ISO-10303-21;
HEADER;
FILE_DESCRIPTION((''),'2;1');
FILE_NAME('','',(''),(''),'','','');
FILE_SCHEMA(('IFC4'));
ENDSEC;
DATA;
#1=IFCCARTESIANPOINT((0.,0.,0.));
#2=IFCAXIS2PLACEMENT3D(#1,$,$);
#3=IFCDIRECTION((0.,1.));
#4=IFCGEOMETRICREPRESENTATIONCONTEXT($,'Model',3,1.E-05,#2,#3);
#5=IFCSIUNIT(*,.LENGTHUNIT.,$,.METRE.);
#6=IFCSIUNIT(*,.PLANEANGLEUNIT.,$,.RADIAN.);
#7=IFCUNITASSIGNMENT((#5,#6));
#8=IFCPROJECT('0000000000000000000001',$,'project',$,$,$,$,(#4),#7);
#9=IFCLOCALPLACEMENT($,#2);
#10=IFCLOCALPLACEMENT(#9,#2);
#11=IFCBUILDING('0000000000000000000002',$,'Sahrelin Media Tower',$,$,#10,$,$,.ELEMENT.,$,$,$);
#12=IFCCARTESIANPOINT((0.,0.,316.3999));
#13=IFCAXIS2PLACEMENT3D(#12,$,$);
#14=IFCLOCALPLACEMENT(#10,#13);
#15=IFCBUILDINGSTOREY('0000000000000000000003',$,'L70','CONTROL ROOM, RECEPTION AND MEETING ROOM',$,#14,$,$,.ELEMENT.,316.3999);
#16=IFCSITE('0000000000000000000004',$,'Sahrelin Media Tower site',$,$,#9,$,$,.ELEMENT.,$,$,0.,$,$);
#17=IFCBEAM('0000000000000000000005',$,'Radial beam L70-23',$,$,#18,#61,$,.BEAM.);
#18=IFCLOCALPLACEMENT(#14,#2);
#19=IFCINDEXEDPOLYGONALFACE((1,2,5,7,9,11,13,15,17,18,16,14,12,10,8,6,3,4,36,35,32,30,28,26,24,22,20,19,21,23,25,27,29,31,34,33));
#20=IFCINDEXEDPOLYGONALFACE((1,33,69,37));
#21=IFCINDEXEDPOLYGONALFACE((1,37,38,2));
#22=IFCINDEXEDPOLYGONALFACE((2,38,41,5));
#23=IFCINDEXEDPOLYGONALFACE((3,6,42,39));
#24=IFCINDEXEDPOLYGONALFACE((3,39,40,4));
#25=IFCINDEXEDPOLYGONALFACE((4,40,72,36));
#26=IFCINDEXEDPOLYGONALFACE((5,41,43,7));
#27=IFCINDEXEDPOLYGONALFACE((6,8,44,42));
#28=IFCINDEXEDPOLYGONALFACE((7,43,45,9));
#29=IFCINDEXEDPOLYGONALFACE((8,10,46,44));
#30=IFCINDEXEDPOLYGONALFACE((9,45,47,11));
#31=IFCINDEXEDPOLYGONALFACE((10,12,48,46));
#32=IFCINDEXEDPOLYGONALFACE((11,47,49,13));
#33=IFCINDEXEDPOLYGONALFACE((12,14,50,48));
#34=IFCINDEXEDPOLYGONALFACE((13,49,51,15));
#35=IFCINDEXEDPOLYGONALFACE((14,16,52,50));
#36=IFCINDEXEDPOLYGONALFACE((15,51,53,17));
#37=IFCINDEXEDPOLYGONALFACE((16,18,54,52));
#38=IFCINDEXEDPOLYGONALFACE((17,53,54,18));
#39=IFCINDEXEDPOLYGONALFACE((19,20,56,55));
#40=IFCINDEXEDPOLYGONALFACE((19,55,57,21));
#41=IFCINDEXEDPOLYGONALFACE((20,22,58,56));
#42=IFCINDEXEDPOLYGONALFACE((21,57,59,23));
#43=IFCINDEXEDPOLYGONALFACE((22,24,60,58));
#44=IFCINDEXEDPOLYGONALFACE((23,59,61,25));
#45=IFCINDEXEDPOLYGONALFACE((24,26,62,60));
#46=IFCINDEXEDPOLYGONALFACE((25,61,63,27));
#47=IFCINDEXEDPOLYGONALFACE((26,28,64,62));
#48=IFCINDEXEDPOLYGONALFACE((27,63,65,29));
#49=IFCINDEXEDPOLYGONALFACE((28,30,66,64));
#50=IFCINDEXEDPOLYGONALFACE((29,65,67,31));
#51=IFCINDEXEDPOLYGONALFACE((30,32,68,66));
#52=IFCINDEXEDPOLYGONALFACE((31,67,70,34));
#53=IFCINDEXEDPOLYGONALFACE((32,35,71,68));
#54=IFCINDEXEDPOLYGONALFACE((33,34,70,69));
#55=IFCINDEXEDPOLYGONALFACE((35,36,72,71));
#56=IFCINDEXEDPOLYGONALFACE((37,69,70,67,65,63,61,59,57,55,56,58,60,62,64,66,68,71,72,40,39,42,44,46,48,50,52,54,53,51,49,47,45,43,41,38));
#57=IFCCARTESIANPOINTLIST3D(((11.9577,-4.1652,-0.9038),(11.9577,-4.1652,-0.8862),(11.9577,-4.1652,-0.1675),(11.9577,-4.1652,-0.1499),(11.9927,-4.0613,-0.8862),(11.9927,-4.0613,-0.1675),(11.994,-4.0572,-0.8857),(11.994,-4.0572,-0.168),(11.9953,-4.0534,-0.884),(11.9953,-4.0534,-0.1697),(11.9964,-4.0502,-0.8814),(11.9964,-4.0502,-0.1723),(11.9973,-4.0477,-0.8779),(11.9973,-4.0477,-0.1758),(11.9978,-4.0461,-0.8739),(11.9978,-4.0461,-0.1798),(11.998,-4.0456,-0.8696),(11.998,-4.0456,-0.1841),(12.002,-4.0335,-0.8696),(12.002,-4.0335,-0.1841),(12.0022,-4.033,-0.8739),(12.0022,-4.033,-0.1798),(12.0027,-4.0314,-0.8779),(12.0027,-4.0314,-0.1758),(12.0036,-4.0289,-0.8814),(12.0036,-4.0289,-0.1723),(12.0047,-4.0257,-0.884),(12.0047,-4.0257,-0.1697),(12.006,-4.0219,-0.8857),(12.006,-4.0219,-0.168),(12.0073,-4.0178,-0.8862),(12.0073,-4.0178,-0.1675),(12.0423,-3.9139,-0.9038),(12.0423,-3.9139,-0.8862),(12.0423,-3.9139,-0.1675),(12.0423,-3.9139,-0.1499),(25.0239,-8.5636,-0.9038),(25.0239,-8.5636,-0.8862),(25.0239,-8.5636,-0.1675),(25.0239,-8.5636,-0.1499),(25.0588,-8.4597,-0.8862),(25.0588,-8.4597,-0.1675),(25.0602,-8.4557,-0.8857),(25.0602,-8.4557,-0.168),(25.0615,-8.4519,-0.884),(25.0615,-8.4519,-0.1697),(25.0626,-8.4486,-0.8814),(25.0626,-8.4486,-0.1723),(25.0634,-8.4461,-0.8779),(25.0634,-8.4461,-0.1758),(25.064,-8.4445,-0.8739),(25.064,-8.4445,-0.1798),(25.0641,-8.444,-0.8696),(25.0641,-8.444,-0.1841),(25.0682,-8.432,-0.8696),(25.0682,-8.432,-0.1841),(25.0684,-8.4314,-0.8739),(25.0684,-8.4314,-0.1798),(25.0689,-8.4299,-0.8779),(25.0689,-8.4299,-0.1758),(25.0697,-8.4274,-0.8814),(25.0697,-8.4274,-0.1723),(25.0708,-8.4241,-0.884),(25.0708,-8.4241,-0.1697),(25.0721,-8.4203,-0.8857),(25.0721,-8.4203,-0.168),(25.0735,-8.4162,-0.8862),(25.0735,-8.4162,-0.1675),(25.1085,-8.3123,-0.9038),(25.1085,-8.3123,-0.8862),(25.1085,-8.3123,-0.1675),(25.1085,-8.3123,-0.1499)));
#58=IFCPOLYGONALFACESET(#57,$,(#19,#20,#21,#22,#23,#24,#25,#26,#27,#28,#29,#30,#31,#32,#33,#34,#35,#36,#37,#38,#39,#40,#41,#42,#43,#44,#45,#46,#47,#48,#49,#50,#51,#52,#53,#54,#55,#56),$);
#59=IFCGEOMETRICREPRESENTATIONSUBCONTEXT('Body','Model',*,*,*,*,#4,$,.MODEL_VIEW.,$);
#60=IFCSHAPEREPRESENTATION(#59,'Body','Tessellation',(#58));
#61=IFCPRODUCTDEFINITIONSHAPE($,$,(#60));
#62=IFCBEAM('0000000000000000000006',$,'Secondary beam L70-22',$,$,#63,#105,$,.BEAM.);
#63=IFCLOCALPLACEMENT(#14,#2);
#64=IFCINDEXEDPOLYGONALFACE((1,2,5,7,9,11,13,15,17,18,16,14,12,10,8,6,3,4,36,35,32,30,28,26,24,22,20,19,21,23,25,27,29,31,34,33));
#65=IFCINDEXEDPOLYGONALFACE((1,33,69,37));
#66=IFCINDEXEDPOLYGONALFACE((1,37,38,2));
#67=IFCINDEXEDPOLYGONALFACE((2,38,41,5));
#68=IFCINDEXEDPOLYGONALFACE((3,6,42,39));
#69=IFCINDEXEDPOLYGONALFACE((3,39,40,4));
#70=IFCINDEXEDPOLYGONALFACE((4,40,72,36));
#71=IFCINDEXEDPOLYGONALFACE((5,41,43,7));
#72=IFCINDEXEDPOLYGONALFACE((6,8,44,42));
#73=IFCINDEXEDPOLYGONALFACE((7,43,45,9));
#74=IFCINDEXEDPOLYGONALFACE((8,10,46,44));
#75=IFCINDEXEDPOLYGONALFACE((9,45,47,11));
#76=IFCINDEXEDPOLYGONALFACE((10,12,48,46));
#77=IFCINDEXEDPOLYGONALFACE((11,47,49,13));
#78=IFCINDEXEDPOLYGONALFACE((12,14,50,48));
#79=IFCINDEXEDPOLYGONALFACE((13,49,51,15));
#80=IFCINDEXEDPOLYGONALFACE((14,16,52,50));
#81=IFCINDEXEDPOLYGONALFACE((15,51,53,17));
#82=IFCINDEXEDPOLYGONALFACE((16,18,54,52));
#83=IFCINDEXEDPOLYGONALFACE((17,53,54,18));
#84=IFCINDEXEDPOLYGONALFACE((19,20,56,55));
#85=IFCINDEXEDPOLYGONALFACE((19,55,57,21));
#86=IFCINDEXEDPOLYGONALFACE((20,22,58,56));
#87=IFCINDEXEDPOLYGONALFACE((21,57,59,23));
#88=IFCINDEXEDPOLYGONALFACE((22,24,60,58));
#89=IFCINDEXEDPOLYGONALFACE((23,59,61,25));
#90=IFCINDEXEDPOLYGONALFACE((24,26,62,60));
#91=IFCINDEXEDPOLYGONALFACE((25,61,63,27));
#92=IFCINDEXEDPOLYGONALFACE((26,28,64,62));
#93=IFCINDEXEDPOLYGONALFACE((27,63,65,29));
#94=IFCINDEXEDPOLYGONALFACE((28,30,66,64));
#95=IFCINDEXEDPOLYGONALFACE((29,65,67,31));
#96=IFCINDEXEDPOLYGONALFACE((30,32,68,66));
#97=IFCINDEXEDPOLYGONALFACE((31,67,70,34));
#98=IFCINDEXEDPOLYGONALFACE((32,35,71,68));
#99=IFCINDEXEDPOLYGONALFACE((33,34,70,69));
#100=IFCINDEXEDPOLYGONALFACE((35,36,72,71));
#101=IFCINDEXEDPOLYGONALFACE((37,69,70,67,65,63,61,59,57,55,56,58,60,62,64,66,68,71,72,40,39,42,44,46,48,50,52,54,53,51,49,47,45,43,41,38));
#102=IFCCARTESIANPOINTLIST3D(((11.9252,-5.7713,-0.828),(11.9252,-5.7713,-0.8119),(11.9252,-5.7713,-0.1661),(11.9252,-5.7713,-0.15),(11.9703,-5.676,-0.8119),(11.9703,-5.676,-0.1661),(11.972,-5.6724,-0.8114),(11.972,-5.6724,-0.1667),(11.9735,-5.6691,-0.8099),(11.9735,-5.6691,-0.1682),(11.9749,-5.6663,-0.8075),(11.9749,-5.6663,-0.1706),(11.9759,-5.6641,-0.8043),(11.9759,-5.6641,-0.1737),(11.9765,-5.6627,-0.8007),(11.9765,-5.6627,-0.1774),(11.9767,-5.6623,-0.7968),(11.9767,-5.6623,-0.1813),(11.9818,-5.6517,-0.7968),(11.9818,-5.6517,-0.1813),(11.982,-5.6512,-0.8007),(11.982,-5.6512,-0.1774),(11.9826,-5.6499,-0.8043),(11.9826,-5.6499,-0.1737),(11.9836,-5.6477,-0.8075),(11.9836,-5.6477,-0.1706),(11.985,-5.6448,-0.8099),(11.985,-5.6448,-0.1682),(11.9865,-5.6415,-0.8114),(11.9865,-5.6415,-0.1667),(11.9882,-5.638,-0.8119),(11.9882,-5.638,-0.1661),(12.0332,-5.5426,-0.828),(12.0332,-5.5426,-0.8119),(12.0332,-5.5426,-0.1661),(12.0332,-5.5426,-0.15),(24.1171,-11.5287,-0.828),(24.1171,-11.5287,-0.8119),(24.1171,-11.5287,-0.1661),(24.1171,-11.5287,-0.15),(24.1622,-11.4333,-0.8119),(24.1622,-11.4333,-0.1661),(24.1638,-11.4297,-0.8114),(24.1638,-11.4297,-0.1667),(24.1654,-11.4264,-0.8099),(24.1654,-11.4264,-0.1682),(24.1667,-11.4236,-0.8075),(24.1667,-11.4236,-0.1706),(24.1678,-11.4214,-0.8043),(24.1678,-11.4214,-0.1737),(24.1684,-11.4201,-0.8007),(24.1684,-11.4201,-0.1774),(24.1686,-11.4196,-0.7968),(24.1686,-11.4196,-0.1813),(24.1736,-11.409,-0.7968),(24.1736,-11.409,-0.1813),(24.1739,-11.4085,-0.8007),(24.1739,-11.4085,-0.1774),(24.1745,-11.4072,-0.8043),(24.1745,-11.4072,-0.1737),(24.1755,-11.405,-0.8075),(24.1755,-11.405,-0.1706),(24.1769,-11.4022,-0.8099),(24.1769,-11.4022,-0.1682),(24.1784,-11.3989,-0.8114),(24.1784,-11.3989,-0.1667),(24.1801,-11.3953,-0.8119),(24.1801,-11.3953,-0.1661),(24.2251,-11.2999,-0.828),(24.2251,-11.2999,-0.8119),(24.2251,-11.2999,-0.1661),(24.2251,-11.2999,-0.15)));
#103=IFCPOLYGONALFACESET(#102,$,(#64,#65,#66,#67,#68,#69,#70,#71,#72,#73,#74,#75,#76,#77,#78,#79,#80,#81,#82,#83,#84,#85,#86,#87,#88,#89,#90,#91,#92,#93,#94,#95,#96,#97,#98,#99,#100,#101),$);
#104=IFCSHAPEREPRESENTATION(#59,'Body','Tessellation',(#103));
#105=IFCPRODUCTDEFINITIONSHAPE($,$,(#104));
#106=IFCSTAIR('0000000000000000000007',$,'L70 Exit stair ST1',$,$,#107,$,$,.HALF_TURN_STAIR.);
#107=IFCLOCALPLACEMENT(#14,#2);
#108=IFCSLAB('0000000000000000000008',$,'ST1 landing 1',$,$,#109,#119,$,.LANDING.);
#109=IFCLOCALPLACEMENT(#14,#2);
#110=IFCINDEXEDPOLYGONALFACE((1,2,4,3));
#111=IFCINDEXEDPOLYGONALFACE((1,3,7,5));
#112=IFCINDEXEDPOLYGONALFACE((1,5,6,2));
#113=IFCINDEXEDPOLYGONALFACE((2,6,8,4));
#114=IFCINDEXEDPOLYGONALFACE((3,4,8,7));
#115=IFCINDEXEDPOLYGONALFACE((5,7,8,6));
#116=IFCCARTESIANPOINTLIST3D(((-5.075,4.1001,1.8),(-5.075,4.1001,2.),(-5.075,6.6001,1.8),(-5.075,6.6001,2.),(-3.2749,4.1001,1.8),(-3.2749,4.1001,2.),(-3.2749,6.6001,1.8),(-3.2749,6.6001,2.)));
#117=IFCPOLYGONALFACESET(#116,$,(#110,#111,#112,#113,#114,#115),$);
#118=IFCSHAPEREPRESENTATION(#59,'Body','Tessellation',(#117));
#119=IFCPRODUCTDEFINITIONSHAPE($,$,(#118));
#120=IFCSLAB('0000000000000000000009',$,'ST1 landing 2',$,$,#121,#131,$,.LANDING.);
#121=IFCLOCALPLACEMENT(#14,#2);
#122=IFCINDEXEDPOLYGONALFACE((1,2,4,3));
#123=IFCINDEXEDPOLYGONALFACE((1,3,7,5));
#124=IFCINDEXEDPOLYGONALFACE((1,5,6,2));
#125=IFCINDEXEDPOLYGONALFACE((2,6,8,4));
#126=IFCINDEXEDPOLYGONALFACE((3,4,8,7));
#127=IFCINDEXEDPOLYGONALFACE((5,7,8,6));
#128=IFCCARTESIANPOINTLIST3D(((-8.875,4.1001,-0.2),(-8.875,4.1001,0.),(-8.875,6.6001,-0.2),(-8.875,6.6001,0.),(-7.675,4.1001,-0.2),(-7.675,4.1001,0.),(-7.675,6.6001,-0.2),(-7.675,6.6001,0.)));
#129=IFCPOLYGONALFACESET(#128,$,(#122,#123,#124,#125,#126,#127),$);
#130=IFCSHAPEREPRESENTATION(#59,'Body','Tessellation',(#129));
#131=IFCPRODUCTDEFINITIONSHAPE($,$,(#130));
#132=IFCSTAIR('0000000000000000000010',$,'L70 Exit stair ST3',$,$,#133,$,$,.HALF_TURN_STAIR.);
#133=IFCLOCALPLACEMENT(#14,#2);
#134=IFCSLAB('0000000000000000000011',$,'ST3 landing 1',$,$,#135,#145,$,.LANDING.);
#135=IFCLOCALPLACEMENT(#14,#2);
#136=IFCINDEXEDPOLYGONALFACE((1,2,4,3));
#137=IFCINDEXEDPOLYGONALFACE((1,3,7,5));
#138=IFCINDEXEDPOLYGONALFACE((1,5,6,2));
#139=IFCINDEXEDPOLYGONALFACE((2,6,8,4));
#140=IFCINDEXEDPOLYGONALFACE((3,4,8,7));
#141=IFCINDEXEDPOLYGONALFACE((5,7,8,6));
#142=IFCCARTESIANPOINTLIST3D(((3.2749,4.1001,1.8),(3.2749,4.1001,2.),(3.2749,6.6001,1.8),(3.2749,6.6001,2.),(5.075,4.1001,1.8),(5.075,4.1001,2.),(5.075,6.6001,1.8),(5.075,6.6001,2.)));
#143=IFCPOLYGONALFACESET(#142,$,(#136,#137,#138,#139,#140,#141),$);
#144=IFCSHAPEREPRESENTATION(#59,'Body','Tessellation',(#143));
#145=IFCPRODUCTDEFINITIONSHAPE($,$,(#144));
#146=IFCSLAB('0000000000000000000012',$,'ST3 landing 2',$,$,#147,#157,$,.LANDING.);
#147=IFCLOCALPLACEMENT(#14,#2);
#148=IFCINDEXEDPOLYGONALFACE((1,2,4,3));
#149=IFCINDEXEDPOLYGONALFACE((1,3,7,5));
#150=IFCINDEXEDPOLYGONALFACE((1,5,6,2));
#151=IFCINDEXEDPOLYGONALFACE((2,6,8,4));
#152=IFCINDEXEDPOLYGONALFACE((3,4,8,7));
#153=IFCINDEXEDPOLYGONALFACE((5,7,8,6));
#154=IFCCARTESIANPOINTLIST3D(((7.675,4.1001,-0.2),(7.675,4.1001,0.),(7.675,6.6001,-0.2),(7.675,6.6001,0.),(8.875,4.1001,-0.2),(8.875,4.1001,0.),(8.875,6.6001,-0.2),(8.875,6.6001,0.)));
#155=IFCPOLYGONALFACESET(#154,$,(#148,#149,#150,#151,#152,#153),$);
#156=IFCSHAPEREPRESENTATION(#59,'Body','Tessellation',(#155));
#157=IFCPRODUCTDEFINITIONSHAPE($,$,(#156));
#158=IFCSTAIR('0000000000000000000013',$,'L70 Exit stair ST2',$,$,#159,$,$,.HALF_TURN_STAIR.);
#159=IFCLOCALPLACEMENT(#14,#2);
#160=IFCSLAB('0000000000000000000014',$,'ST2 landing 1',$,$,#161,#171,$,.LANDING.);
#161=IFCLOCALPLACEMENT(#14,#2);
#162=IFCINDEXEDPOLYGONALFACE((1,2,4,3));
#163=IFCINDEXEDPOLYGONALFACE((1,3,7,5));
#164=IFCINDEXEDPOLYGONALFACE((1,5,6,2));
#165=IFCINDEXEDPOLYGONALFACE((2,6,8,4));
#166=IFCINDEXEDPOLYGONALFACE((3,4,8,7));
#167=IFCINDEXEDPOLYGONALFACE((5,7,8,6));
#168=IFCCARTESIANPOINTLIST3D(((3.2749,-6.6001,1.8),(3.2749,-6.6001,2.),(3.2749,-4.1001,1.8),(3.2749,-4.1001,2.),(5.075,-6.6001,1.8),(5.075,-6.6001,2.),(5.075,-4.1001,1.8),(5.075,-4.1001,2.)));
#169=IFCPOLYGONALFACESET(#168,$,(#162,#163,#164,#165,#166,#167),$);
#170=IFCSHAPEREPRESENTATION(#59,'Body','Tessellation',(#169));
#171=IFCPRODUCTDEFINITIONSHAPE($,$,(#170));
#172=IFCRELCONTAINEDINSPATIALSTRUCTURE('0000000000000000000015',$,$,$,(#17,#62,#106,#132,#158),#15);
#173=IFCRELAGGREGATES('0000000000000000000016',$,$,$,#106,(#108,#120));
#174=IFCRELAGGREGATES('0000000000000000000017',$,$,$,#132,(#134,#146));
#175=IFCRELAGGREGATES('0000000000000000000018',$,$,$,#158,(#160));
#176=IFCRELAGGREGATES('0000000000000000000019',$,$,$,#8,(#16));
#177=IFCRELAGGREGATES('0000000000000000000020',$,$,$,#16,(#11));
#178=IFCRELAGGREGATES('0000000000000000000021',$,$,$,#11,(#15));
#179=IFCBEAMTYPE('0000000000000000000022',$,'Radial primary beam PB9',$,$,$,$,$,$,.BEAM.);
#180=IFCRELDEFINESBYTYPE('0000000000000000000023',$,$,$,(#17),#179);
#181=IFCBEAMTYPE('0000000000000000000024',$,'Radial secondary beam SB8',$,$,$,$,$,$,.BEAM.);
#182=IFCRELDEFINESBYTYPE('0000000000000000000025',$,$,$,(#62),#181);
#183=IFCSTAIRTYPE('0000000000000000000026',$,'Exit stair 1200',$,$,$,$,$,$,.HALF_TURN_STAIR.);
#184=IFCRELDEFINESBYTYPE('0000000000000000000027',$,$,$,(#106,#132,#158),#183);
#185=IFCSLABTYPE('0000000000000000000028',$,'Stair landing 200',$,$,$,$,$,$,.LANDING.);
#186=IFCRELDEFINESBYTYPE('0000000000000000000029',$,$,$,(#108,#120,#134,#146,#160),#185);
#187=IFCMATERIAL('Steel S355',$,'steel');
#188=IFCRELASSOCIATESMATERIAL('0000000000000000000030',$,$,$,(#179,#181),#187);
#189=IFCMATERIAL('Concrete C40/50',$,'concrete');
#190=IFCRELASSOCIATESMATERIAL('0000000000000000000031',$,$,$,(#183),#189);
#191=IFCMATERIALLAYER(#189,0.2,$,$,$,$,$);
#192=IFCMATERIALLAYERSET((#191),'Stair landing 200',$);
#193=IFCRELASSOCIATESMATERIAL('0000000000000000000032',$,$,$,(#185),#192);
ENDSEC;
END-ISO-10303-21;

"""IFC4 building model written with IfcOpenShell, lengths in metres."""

from ifc_helpers import new_model, si_unit, direction, frame, origin, origin_2d, place, context, subcontext, project, spatial, polyline, i_section, outline, extrude, material, layer, layer_set, material_profile, profile_set, type_object, element, aggregate, save


model = new_model("IFC4")

# Units and contexts
model_context = context("Model", 3, precision=1e-05, world=origin(), true_north=direction((0.0, 1.0)))
body_context = subcontext(model_context, "Body", "Model", "MODEL_VIEW")
ifc_project = project(units=[si_unit("LENGTHUNIT", "METRE"), si_unit("PLANEANGLEUNIT", "RADIAN")], contexts=[model_context])

# Site, building, storey
site_placement = place(None, origin())
site = spatial("IfcSite", under=ifc_project, at=site_placement, Name="Sahrelin Media Tower site", CompositionType="ELEMENT", RefElevation=0.0)
building_placement = place(site_placement, origin())
building = spatial("IfcBuilding", under=site, at=building_placement, Name="Sahrelin Media Tower", CompositionType="ELEMENT")
storey_placement = place(building_placement, frame((0.0, 0.0, 316.3999)))
storey = spatial("IfcBuildingStorey", under=building, at=storey_placement, Name="L70", Description="CONTROL ROOM, RECEPTION AND MEETING ROOM", CompositionType="ELEMENT", Elevation=316.3999)

# Beams
ifc_material_1 = material(Name="Steel S355", Category="steel")
ifc_material_profile_1 = material_profile(ifc_material_1, i_section(OverallWidth=0.2651, OverallDepth=0.7539, WebThickness=0.0127, FlangeThickness=0.0176, FilletRadius=0.0166, at=origin_2d()), Name="UB 762x267x147")
ifc_profile_set_1 = profile_set([ifc_material_profile_1], Name="Steel S355")
beam_type_1 = type_object("IfcBeamType", Name="Radial primary beam PB9", PredefinedType="BEAM", material=ifc_profile_set_1)
beam_1_placement = place(storey_placement, frame((12.0, -4.0396, -0.5269), z_axis=(0.947742, -0.319037, 0.0), x_axis=(0.319037, 0.947742, 0.0)))
element("IfcBeam", 1, at=beam_1_placement, inside=storey, type_object=beam_type_1, Name="Radial beam L70-23", PredefinedType="BEAM", context=body_context, shape_type="SweptSolid", body=[
    extrude(i_section(OverallWidth=0.2651, OverallDepth=0.7539, WebThickness=0.0127, FlangeThickness=0.0176, FilletRadius=0.0166, at=origin_2d()), origin(), (0.0, 0.0, 1.0), 13.7866),
])
ifc_material_profile_2 = material_profile(ifc_material_1, i_section(OverallWidth=0.2529, OverallDepth=0.678, WebThickness=0.0117, FlangeThickness=0.0161, FilletRadius=0.0151, at=origin_2d()), Name="UB 686x254x125")
ifc_profile_set_2 = profile_set([ifc_material_profile_2], Name="Steel S355")
beam_type_2 = type_object("IfcBeamType", Name="Radial secondary beam SB8", PredefinedType="BEAM", material=ifc_profile_set_2)
beam_2_placement = place(storey_placement, frame((11.9792, -5.657, -0.489), z_axis=(0.904247, -0.427009, 0.0), x_axis=(0.427009, 0.904247, 0.0)))
element("IfcBeam", 2, at=beam_2_placement, inside=storey, type_object=beam_type_2, Name="Secondary beam L70-22", PredefinedType="BEAM", context=body_context, shape_type="SweptSolid", body=[
    extrude(i_section(OverallWidth=0.2529, OverallDepth=0.678, WebThickness=0.0117, FlangeThickness=0.0161, FilletRadius=0.0151, at=origin_2d()), origin(), (0.0, 0.0, 1.0), 13.4829),
])

# Stairs, slabs
ifc_material_2 = material(Name="Concrete C40/50", Category="concrete")
stair_type = type_object("IfcStairType", Name="Exit stair 1200", PredefinedType="HALF_TURN_STAIR", material=ifc_material_2)
placement_1 = place(storey_placement, origin())
stair_1 = element("IfcStair", 3, at=placement_1, inside=storey, type_object=stair_type, Name="L70 Exit stair ST1", PredefinedType="HALF_TURN_STAIR")
ifc_layer_1 = layer(ifc_material_2, 0.2)
ifc_layer_set_1 = layer_set([ifc_layer_1], Name="Stair landing 200")
slab_type = type_object("IfcSlabType", Name="Stair landing 200", PredefinedType="LANDING", material=ifc_layer_set_1)
placement_2 = place(storey_placement, frame((0.0, 0.0, 1.8)))
slab_1 = element("IfcSlab", 4, at=placement_2, type_object=slab_type, Name="ST1 landing 1", PredefinedType="LANDING", context=body_context, shape_type="SweptSolid", body=[
    extrude(outline(polyline([(-5.075, 4.1001), (-3.2749, 4.1001), (-3.2749, 6.6001), (-5.075, 6.6001), (-5.075, 4.1001)])), origin(), (0.0, 0.0, 1.0), 0.2),
])
placement_3 = place(storey_placement, frame((0.0, 0.0, -0.2)))
slab_2 = element("IfcSlab", 5, at=placement_3, type_object=slab_type, Name="ST1 landing 2", PredefinedType="LANDING", context=body_context, shape_type="SweptSolid", body=[
    extrude(outline(polyline([(-8.875, 4.1001), (-7.675, 4.1001), (-7.675, 6.6001), (-8.875, 6.6001), (-8.875, 4.1001)])), origin(), (0.0, 0.0, 1.0), 0.2),
])
aggregate(stair_1, [slab_1, slab_2])
stair_2 = element("IfcStair", 6, at=placement_1, inside=storey, type_object=stair_type, Name="L70 Exit stair ST3", PredefinedType="HALF_TURN_STAIR")
slab_3 = element("IfcSlab", 7, at=placement_2, type_object=slab_type, Name="ST3 landing 1", PredefinedType="LANDING", context=body_context, shape_type="SweptSolid", body=[
    extrude(outline(polyline([(5.075, 6.6001), (3.2749, 6.6001), (3.2749, 4.1001), (5.075, 4.1001), (5.075, 6.6001)])), origin(), (0.0, 0.0, 1.0), 0.2),
])
slab_4 = element("IfcSlab", 8, at=placement_3, type_object=slab_type, Name="ST3 landing 2", PredefinedType="LANDING", context=body_context, shape_type="SweptSolid", body=[
    extrude(outline(polyline([(8.875, 6.6001), (7.675, 6.6001), (7.675, 4.1001), (8.875, 4.1001), (8.875, 6.6001)])), origin(), (0.0, 0.0, 1.0), 0.2),
])
aggregate(stair_2, [slab_3, slab_4])

# Stair, slab
stair_3 = element("IfcStair", 9, at=placement_1, inside=storey, type_object=stair_type, Name="L70 Exit stair ST2", PredefinedType="HALF_TURN_STAIR")
slab_5 = element("IfcSlab", 10, at=placement_2, type_object=slab_type, Name="ST2 landing 1", PredefinedType="LANDING", context=body_context, shape_type="SweptSolid", body=[
    extrude(outline(polyline([(5.075, -4.1001), (3.2749, -4.1001), (3.2749, -6.6001), (5.075, -6.6001), (5.075, -4.1001)])), origin(), (0.0, 0.0, 1.0), 0.2),
])
aggregate(stair_3, [slab_5])

save(model, "model.ifc")
